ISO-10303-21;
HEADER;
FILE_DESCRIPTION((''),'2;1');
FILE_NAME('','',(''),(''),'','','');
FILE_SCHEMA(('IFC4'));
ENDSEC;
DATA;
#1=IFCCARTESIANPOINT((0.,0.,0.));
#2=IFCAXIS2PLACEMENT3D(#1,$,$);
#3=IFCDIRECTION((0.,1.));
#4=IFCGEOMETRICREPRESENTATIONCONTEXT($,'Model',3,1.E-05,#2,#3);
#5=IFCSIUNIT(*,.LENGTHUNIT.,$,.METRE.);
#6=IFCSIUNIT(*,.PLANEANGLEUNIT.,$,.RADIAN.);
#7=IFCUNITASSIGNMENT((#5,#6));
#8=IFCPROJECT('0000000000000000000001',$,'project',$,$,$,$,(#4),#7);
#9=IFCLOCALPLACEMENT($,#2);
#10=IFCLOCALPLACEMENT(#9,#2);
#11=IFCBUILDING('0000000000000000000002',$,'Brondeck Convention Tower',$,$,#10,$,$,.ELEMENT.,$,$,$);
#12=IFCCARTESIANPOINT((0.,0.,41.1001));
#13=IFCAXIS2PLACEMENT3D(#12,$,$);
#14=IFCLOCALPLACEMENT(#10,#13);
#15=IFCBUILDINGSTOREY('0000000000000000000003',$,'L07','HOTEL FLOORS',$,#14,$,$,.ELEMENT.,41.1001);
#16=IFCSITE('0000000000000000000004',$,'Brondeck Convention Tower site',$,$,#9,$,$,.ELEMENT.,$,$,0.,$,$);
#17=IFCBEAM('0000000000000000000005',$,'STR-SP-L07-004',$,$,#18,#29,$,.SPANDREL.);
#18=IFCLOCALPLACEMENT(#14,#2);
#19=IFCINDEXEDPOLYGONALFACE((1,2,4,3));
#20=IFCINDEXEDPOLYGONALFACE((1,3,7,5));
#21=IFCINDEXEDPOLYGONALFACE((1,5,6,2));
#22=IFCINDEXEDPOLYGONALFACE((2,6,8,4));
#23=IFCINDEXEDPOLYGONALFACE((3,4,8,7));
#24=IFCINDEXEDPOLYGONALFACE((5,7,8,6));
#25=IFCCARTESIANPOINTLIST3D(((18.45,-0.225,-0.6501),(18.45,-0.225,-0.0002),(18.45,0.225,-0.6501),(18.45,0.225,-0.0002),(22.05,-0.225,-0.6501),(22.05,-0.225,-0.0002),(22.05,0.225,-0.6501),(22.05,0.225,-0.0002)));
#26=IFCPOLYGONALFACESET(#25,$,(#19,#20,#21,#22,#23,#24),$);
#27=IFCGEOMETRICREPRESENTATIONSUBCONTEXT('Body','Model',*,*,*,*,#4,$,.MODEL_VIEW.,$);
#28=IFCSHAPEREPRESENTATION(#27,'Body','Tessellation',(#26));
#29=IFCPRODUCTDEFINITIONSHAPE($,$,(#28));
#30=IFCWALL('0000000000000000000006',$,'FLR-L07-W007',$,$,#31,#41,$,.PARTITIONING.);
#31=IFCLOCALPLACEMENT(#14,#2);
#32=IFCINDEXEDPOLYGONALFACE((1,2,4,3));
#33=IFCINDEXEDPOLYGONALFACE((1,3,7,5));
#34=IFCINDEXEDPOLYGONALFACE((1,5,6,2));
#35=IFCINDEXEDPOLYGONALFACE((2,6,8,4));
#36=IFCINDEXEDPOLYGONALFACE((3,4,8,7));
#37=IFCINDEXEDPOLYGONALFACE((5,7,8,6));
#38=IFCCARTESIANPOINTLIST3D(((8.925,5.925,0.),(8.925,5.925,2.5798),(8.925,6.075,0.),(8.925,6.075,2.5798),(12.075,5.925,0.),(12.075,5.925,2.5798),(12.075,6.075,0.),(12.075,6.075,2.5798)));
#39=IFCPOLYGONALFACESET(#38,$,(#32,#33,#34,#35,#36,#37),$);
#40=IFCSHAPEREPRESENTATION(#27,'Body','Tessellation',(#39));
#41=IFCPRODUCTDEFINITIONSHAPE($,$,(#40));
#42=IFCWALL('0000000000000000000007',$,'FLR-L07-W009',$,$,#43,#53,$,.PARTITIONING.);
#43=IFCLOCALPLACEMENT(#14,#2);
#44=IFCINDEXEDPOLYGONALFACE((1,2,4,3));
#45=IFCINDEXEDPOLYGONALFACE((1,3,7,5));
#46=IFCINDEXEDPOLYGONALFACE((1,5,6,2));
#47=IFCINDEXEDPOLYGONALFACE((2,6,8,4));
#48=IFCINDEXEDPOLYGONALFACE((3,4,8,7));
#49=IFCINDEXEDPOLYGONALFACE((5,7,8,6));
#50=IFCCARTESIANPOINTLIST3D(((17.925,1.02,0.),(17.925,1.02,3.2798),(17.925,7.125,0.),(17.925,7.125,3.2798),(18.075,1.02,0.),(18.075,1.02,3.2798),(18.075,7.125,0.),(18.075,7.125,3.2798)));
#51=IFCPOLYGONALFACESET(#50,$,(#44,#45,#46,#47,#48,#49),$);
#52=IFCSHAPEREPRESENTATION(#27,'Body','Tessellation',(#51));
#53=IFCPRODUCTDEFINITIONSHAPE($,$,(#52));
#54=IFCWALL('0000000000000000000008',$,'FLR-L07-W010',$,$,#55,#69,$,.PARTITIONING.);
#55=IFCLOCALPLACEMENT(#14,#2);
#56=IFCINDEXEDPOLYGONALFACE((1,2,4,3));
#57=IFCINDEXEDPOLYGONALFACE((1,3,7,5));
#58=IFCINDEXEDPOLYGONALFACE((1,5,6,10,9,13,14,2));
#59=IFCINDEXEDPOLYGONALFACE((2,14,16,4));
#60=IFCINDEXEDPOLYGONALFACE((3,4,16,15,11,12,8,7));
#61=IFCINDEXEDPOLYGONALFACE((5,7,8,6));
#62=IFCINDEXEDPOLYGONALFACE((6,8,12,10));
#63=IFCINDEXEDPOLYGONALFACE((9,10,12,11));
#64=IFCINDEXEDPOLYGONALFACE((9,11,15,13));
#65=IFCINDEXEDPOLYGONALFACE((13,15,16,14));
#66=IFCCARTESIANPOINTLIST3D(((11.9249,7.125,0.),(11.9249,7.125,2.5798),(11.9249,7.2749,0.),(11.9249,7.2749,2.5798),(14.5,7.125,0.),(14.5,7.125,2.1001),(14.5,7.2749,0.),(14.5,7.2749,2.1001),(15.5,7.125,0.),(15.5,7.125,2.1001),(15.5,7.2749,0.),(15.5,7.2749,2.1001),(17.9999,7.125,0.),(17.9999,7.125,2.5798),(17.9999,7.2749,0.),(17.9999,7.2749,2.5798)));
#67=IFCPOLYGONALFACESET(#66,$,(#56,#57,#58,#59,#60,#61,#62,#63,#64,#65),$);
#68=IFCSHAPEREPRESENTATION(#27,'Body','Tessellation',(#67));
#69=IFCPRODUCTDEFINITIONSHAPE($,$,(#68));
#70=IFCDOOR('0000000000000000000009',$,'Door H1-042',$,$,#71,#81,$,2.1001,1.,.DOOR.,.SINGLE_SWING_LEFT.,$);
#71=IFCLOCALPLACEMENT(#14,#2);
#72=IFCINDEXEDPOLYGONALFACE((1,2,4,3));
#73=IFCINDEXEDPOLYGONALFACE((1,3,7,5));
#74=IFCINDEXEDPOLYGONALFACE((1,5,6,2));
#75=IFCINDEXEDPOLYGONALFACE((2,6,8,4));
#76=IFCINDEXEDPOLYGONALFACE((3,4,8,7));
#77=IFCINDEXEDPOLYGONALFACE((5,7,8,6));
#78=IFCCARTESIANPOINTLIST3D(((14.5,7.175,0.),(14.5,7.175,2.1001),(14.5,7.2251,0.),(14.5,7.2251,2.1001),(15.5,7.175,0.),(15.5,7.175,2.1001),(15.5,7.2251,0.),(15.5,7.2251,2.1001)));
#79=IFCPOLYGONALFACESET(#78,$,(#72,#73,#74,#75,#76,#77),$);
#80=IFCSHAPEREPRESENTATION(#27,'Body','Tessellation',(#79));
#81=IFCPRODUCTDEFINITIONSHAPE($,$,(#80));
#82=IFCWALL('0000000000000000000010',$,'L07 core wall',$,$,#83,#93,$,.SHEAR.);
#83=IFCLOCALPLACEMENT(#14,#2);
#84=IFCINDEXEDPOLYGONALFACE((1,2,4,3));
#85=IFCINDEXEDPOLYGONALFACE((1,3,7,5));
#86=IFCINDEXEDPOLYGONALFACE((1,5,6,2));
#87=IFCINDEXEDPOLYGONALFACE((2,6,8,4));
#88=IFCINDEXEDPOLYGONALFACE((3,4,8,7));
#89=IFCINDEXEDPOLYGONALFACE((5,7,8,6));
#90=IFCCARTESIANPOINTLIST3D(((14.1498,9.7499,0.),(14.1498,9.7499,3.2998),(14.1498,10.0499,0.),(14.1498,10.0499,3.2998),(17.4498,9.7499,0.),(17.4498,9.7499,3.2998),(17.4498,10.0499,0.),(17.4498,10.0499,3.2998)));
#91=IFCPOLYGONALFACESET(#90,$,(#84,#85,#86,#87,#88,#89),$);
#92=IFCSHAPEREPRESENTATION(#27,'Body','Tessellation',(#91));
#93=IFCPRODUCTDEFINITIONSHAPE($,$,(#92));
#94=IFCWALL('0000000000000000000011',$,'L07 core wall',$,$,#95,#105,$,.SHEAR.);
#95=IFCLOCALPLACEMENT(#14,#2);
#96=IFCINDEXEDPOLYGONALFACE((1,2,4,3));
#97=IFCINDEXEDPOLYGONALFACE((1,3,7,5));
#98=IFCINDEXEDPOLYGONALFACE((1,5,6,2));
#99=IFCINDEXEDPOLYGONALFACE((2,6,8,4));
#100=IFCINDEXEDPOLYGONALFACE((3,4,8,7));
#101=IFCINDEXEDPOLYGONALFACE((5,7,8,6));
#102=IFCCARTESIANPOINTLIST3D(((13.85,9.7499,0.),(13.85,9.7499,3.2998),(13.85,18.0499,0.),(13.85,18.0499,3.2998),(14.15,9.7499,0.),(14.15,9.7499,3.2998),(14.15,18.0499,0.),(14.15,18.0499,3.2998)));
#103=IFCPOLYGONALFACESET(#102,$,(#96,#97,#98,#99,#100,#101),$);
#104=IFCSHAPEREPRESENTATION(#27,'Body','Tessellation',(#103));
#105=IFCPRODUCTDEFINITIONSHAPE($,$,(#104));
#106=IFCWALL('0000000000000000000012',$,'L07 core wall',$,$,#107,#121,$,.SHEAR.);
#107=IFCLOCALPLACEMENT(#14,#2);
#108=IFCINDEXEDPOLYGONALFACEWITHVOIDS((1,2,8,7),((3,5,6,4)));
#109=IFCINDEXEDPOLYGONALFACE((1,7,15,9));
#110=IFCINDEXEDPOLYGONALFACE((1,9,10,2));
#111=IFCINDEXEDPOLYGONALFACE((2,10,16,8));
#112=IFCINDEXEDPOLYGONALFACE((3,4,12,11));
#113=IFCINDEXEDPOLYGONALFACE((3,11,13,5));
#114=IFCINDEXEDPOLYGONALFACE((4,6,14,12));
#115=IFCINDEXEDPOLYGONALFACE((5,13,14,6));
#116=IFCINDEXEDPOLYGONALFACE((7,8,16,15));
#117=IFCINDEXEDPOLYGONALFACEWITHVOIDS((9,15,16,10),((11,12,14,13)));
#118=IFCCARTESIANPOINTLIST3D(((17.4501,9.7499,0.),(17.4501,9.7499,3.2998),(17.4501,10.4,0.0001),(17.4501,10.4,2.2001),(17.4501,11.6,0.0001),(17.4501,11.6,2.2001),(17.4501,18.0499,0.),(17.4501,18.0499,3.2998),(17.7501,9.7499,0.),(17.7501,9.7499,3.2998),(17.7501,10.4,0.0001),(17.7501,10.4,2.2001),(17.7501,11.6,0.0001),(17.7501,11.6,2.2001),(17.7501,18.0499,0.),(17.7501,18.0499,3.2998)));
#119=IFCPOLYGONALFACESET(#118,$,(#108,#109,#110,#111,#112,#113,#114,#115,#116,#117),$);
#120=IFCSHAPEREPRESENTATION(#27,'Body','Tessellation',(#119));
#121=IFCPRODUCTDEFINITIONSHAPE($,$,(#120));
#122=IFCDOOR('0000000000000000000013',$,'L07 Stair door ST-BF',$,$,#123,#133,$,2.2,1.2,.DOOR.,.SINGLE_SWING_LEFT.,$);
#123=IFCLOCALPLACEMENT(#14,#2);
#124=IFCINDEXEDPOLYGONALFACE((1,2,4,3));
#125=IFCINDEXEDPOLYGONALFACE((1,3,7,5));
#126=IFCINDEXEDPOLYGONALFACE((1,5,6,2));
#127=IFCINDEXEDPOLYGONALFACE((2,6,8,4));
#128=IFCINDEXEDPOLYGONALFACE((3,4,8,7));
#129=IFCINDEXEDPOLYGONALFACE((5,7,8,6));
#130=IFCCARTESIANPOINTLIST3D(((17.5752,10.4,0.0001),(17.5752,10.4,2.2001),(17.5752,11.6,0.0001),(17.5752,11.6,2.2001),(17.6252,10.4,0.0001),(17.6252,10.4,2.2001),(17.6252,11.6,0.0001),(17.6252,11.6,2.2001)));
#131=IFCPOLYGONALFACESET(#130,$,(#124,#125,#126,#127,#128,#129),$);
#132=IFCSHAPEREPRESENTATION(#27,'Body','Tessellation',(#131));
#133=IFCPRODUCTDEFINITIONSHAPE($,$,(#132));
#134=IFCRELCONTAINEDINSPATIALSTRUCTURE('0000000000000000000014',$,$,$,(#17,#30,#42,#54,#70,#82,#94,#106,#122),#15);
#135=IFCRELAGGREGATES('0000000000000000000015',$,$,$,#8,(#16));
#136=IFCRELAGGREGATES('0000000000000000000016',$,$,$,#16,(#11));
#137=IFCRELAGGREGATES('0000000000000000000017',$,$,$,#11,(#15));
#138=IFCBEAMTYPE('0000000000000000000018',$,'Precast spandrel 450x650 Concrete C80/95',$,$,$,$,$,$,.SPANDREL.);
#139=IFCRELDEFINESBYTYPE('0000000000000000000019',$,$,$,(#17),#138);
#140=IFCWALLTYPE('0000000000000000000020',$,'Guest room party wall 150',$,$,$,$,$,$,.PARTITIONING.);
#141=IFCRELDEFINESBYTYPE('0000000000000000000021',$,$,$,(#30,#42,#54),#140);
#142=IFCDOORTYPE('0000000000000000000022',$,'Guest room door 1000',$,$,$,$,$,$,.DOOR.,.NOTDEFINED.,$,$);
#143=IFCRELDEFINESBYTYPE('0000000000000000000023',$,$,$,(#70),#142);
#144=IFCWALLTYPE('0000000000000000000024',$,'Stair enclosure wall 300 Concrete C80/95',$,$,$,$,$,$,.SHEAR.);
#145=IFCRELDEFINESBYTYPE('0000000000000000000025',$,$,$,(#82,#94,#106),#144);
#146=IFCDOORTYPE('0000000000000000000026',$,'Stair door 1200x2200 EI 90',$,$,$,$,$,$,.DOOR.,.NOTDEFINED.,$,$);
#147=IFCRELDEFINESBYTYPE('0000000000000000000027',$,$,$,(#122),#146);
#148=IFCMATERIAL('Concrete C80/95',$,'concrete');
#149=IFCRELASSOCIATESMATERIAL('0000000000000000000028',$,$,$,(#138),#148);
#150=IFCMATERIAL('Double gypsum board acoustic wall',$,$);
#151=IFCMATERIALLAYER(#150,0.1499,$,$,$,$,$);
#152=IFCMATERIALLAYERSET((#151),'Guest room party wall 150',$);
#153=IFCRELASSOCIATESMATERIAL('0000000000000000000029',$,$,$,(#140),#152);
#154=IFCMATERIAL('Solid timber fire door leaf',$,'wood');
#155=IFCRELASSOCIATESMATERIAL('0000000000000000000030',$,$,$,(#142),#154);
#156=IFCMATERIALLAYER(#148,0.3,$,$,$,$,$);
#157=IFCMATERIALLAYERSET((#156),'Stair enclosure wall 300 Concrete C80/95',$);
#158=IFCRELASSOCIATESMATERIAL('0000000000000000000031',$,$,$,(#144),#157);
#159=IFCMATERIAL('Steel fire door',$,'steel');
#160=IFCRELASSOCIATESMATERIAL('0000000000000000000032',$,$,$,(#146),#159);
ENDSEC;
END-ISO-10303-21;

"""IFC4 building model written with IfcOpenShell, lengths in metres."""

from ifc_helpers import new_model, si_unit, direction, frame, frame_2d, origin, origin_2d, place, context, subcontext, project, spatial, rectangle, extrude, material, layer, layer_set, material_profile, profile_set, type_object, element, fill, save


model = new_model("IFC4")

# Units and contexts
model_context = context("Model", 3, precision=1e-05, world=origin(), true_north=direction((0.0, 1.0)))
body_context = subcontext(model_context, "Body", "Model", "MODEL_VIEW")
ifc_project = project(units=[si_unit("LENGTHUNIT", "METRE"), si_unit("PLANEANGLEUNIT", "RADIAN")], contexts=[model_context])

# Site, building, storey
site_placement = place(None, origin())
site = spatial("IfcSite", under=ifc_project, at=site_placement, Name="Brondeck Convention Tower site", CompositionType="ELEMENT", RefElevation=0.0)
building_placement = place(site_placement, origin())
building = spatial("IfcBuilding", under=site, at=building_placement, Name="Brondeck Convention Tower", CompositionType="ELEMENT")
storey_placement = place(building_placement, frame((0.0, 0.0, 41.1001)))
storey = spatial("IfcBuildingStorey", under=building, at=storey_placement, Name="L07", Description="HOTEL FLOORS", CompositionType="ELEMENT", Elevation=41.1001)

# Shared definitions
ifc_material_1 = material(Name="Concrete C80/95", Category="concrete")

# Beam
ifc_material_profile_1 = material_profile(ifc_material_1, rectangle(XDim=0.45, YDim=0.6499, at=origin_2d()), Name="Precast spandrel 450x650 Concrete C80/95")
ifc_profile_set_1 = profile_set([ifc_material_profile_1], Name="Concrete C80/95")
beam_type_1 = type_object("IfcBeamType", Name="Precast spandrel 450x650 Concrete C80/95", PredefinedType="SPANDREL", material=ifc_profile_set_1)
for number, where, z_axis, x_axis, name in (
    (1, (18.45, 0.0, -0.3252), (1.0, 0.0, 0.0), (0.0, 1.0, 0.0), "STR-SP-L07-004"),
):
    element("IfcBeam", number, at=place(storey_placement, frame(where, z_axis=z_axis, x_axis=x_axis)), inside=storey, type_object=beam_type_1, Name=name, PredefinedType="SPANDREL", context=body_context, shape_type="SweptSolid", body=[
        extrude(rectangle(XDim=0.45, YDim=0.6499, at=origin_2d()), origin(), (0.0, 0.0, 1.0), 3.6001),
    ])

# Walls
ifc_material_2 = material(Name="Double gypsum board acoustic wall")
ifc_layer_1 = layer(ifc_material_2, 0.1499)
ifc_layer_set_1 = layer_set([ifc_layer_1], Name="Guest room party wall 150")
wall_type_1 = type_object("IfcWallType", Name="Guest room party wall 150", PredefinedType="PARTITIONING", material=ifc_layer_set_1)
wall_1_placement = place(storey_placement, frame((12.075, 6.0, 0.0), z_axis=(0.0, 0.0, 1.0), x_axis=(-1.0, 0.0, 0.0)))
element("IfcWall", 2, at=wall_1_placement, inside=storey, type_object=wall_type_1, Name="FLR-L07-W007", PredefinedType="PARTITIONING", context=body_context, shape_type="SweptSolid", body=[
    extrude(rectangle(XDim=3.1499, YDim=0.1499, at=frame_2d((1.575, 0.0))), origin(), (0.0, 0.0, 1.0), 2.5798),
])
wall_2_placement = place(storey_placement, frame((18.0, 7.125, 0.0), z_axis=(0.0, 0.0, 1.0), x_axis=(0.0, -1.0, 0.0)))
element("IfcWall", 3, at=wall_2_placement, inside=storey, type_object=wall_type_1, Name="FLR-L07-W009", PredefinedType="PARTITIONING", context=body_context, shape_type="SweptSolid", body=[
    extrude(rectangle(XDim=6.105, YDim=0.1499, at=frame_2d((3.0525, 0.0))), origin(), (0.0, 0.0, 1.0), 3.2798),
])

# Wall, opening, door
wall_3_placement = place(storey_placement, frame((18.0, 7.2, 0.0), z_axis=(0.0, 0.0, 1.0), x_axis=(-1.0, 0.0, 0.0)))
wall_3 = element("IfcWall", 4, at=wall_3_placement, inside=storey, type_object=wall_type_1, Name="FLR-L07-W010", PredefinedType="PARTITIONING", context=body_context, shape_type="SweptSolid", body=[
    extrude(rectangle(XDim=6.075, YDim=0.1499, at=frame_2d((3.0376, 0.0))), origin(), (0.0, 0.0, 1.0), 2.5798),
])
opening_1_placement = place(wall_3_placement, frame((2.5, 0.0, 0.0)))
opening_1 = element("IfcOpeningElement", 5, at=opening_1_placement, cuts=wall_3, PredefinedType="OPENING", context=body_context, shape_type="SweptSolid", body=[
    extrude(rectangle(XDim=1.0, YDim=2.1001, at=frame_2d((0.5, 1.05))), frame((0.0, 0.085, 0.0), z_axis=(0.0, -1.0, 0.0), x_axis=(1.0, 0.0, 0.0)), (0.0, 0.0, 1.0), 0.1699),
])
ifc_material_3 = material(Name="Solid timber fire door leaf", Category="wood")
door_type_1 = type_object("IfcDoorType", Name="Guest room door 1000", OperationType="NOTDEFINED", PredefinedType="DOOR", material=ifc_material_3)
door_1_placement = place(opening_1_placement, origin())
door_1 = element("IfcDoor", 6, at=door_1_placement, inside=storey, type_object=door_type_1, Name="Door H1-042", OperationType="SINGLE_SWING_LEFT", OverallHeight=2.1001, OverallWidth=1.0, PredefinedType="DOOR", context=body_context, shape_type="SweptSolid", body=[
    extrude(rectangle(XDim=1.0, YDim=2.1001, at=frame_2d((0.5, 1.05))), frame((0.0, 0.0249, 0.0), z_axis=(0.0, -1.0, 0.0), x_axis=(1.0, 0.0, 0.0)), (0.0, 0.0, 1.0), 0.05),
])
fill(opening_1, door_1)

# Walls
ifc_layer_2 = layer(ifc_material_1, 0.3)
ifc_layer_set_2 = layer_set([ifc_layer_2], Name="Stair enclosure wall 300 Concrete C80/95")
wall_type_2 = type_object("IfcWallType", Name="Stair enclosure wall 300 Concrete C80/95", PredefinedType="SHEAR", material=ifc_layer_set_2)
wall_4_placement = place(storey_placement, frame((14.1499, 9.8999, 0.0), z_axis=(0.0, 0.0, 1.0), x_axis=(1.0, 0.0, 0.0)))
element("IfcWall", 7, at=wall_4_placement, inside=storey, type_object=wall_type_2, Name="L07 core wall", PredefinedType="SHEAR", context=body_context, shape_type="SweptSolid", body=[
    extrude(rectangle(XDim=3.3, YDim=0.3, at=frame_2d((1.6499, 0.0))), origin(), (0.0, 0.0, 1.0), 3.2998),
])
wall_5_placement = place(storey_placement, frame((14.0, 9.75, 0.0), z_axis=(0.0, 0.0, 1.0), x_axis=(0.0, 1.0, 0.0)))
element("IfcWall", 8, at=wall_5_placement, inside=storey, type_object=wall_type_2, Name="L07 core wall", PredefinedType="SHEAR", context=body_context, shape_type="SweptSolid", body=[
    extrude(rectangle(XDim=8.3, YDim=0.3, at=frame_2d((4.1499, 0.0))), origin(), (0.0, 0.0, 1.0), 3.2998),
])

# Wall, opening, door
wall_6_placement = place(storey_placement, frame((17.6001, 9.75, 0.0), z_axis=(0.0, 0.0, 1.0), x_axis=(0.0, 1.0, 0.0)))
wall_6 = element("IfcWall", 9, at=wall_6_placement, inside=storey, type_object=wall_type_2, Name="L07 core wall", PredefinedType="SHEAR", context=body_context, shape_type="SweptSolid", body=[
    extrude(rectangle(XDim=8.3, YDim=0.3, at=frame_2d((4.1499, 0.0))), origin(), (0.0, 0.0, 1.0), 3.2998),
])
opening_2_placement = place(wall_6_placement, frame((0.6499, 0.0, 0.0)))
opening_2 = element("IfcOpeningElement", 10, at=opening_2_placement, cuts=wall_6, PredefinedType="OPENING", context=body_context, shape_type="SweptSolid", body=[
    extrude(rectangle(XDim=1.2, YDim=2.2, at=frame_2d((0.6001, 1.1001))), frame((0.0, 0.1599, 0.0), z_axis=(0.0, -1.0, 0.0), x_axis=(1.0, 0.0, 0.0)), (0.0, 0.0, 1.0), 0.3201),
])
ifc_material_4 = material(Name="Steel fire door", Category="steel")
door_type_2 = type_object("IfcDoorType", Name="Stair door 1200x2200 EI 90", OperationType="NOTDEFINED", PredefinedType="DOOR", material=ifc_material_4)
door_2_placement = place(opening_2_placement, origin())
door_2 = element("IfcDoor", 11, at=door_2_placement, inside=storey, type_object=door_type_2, Name="L07 Stair door ST-BF", OperationType="SINGLE_SWING_LEFT", OverallHeight=2.2, OverallWidth=1.2, PredefinedType="DOOR", context=body_context, shape_type="SweptSolid", body=[
    extrude(rectangle(XDim=1.2, YDim=2.2, at=frame_2d((0.6001, 1.1001))), frame((0.0, 0.0249, 0.0), z_axis=(0.0, -1.0, 0.0), x_axis=(1.0, 0.0, 0.0)), (0.0, 0.0, 1.0), 0.05),
])
fill(opening_2, door_2)

save(model, "model.ifc")
